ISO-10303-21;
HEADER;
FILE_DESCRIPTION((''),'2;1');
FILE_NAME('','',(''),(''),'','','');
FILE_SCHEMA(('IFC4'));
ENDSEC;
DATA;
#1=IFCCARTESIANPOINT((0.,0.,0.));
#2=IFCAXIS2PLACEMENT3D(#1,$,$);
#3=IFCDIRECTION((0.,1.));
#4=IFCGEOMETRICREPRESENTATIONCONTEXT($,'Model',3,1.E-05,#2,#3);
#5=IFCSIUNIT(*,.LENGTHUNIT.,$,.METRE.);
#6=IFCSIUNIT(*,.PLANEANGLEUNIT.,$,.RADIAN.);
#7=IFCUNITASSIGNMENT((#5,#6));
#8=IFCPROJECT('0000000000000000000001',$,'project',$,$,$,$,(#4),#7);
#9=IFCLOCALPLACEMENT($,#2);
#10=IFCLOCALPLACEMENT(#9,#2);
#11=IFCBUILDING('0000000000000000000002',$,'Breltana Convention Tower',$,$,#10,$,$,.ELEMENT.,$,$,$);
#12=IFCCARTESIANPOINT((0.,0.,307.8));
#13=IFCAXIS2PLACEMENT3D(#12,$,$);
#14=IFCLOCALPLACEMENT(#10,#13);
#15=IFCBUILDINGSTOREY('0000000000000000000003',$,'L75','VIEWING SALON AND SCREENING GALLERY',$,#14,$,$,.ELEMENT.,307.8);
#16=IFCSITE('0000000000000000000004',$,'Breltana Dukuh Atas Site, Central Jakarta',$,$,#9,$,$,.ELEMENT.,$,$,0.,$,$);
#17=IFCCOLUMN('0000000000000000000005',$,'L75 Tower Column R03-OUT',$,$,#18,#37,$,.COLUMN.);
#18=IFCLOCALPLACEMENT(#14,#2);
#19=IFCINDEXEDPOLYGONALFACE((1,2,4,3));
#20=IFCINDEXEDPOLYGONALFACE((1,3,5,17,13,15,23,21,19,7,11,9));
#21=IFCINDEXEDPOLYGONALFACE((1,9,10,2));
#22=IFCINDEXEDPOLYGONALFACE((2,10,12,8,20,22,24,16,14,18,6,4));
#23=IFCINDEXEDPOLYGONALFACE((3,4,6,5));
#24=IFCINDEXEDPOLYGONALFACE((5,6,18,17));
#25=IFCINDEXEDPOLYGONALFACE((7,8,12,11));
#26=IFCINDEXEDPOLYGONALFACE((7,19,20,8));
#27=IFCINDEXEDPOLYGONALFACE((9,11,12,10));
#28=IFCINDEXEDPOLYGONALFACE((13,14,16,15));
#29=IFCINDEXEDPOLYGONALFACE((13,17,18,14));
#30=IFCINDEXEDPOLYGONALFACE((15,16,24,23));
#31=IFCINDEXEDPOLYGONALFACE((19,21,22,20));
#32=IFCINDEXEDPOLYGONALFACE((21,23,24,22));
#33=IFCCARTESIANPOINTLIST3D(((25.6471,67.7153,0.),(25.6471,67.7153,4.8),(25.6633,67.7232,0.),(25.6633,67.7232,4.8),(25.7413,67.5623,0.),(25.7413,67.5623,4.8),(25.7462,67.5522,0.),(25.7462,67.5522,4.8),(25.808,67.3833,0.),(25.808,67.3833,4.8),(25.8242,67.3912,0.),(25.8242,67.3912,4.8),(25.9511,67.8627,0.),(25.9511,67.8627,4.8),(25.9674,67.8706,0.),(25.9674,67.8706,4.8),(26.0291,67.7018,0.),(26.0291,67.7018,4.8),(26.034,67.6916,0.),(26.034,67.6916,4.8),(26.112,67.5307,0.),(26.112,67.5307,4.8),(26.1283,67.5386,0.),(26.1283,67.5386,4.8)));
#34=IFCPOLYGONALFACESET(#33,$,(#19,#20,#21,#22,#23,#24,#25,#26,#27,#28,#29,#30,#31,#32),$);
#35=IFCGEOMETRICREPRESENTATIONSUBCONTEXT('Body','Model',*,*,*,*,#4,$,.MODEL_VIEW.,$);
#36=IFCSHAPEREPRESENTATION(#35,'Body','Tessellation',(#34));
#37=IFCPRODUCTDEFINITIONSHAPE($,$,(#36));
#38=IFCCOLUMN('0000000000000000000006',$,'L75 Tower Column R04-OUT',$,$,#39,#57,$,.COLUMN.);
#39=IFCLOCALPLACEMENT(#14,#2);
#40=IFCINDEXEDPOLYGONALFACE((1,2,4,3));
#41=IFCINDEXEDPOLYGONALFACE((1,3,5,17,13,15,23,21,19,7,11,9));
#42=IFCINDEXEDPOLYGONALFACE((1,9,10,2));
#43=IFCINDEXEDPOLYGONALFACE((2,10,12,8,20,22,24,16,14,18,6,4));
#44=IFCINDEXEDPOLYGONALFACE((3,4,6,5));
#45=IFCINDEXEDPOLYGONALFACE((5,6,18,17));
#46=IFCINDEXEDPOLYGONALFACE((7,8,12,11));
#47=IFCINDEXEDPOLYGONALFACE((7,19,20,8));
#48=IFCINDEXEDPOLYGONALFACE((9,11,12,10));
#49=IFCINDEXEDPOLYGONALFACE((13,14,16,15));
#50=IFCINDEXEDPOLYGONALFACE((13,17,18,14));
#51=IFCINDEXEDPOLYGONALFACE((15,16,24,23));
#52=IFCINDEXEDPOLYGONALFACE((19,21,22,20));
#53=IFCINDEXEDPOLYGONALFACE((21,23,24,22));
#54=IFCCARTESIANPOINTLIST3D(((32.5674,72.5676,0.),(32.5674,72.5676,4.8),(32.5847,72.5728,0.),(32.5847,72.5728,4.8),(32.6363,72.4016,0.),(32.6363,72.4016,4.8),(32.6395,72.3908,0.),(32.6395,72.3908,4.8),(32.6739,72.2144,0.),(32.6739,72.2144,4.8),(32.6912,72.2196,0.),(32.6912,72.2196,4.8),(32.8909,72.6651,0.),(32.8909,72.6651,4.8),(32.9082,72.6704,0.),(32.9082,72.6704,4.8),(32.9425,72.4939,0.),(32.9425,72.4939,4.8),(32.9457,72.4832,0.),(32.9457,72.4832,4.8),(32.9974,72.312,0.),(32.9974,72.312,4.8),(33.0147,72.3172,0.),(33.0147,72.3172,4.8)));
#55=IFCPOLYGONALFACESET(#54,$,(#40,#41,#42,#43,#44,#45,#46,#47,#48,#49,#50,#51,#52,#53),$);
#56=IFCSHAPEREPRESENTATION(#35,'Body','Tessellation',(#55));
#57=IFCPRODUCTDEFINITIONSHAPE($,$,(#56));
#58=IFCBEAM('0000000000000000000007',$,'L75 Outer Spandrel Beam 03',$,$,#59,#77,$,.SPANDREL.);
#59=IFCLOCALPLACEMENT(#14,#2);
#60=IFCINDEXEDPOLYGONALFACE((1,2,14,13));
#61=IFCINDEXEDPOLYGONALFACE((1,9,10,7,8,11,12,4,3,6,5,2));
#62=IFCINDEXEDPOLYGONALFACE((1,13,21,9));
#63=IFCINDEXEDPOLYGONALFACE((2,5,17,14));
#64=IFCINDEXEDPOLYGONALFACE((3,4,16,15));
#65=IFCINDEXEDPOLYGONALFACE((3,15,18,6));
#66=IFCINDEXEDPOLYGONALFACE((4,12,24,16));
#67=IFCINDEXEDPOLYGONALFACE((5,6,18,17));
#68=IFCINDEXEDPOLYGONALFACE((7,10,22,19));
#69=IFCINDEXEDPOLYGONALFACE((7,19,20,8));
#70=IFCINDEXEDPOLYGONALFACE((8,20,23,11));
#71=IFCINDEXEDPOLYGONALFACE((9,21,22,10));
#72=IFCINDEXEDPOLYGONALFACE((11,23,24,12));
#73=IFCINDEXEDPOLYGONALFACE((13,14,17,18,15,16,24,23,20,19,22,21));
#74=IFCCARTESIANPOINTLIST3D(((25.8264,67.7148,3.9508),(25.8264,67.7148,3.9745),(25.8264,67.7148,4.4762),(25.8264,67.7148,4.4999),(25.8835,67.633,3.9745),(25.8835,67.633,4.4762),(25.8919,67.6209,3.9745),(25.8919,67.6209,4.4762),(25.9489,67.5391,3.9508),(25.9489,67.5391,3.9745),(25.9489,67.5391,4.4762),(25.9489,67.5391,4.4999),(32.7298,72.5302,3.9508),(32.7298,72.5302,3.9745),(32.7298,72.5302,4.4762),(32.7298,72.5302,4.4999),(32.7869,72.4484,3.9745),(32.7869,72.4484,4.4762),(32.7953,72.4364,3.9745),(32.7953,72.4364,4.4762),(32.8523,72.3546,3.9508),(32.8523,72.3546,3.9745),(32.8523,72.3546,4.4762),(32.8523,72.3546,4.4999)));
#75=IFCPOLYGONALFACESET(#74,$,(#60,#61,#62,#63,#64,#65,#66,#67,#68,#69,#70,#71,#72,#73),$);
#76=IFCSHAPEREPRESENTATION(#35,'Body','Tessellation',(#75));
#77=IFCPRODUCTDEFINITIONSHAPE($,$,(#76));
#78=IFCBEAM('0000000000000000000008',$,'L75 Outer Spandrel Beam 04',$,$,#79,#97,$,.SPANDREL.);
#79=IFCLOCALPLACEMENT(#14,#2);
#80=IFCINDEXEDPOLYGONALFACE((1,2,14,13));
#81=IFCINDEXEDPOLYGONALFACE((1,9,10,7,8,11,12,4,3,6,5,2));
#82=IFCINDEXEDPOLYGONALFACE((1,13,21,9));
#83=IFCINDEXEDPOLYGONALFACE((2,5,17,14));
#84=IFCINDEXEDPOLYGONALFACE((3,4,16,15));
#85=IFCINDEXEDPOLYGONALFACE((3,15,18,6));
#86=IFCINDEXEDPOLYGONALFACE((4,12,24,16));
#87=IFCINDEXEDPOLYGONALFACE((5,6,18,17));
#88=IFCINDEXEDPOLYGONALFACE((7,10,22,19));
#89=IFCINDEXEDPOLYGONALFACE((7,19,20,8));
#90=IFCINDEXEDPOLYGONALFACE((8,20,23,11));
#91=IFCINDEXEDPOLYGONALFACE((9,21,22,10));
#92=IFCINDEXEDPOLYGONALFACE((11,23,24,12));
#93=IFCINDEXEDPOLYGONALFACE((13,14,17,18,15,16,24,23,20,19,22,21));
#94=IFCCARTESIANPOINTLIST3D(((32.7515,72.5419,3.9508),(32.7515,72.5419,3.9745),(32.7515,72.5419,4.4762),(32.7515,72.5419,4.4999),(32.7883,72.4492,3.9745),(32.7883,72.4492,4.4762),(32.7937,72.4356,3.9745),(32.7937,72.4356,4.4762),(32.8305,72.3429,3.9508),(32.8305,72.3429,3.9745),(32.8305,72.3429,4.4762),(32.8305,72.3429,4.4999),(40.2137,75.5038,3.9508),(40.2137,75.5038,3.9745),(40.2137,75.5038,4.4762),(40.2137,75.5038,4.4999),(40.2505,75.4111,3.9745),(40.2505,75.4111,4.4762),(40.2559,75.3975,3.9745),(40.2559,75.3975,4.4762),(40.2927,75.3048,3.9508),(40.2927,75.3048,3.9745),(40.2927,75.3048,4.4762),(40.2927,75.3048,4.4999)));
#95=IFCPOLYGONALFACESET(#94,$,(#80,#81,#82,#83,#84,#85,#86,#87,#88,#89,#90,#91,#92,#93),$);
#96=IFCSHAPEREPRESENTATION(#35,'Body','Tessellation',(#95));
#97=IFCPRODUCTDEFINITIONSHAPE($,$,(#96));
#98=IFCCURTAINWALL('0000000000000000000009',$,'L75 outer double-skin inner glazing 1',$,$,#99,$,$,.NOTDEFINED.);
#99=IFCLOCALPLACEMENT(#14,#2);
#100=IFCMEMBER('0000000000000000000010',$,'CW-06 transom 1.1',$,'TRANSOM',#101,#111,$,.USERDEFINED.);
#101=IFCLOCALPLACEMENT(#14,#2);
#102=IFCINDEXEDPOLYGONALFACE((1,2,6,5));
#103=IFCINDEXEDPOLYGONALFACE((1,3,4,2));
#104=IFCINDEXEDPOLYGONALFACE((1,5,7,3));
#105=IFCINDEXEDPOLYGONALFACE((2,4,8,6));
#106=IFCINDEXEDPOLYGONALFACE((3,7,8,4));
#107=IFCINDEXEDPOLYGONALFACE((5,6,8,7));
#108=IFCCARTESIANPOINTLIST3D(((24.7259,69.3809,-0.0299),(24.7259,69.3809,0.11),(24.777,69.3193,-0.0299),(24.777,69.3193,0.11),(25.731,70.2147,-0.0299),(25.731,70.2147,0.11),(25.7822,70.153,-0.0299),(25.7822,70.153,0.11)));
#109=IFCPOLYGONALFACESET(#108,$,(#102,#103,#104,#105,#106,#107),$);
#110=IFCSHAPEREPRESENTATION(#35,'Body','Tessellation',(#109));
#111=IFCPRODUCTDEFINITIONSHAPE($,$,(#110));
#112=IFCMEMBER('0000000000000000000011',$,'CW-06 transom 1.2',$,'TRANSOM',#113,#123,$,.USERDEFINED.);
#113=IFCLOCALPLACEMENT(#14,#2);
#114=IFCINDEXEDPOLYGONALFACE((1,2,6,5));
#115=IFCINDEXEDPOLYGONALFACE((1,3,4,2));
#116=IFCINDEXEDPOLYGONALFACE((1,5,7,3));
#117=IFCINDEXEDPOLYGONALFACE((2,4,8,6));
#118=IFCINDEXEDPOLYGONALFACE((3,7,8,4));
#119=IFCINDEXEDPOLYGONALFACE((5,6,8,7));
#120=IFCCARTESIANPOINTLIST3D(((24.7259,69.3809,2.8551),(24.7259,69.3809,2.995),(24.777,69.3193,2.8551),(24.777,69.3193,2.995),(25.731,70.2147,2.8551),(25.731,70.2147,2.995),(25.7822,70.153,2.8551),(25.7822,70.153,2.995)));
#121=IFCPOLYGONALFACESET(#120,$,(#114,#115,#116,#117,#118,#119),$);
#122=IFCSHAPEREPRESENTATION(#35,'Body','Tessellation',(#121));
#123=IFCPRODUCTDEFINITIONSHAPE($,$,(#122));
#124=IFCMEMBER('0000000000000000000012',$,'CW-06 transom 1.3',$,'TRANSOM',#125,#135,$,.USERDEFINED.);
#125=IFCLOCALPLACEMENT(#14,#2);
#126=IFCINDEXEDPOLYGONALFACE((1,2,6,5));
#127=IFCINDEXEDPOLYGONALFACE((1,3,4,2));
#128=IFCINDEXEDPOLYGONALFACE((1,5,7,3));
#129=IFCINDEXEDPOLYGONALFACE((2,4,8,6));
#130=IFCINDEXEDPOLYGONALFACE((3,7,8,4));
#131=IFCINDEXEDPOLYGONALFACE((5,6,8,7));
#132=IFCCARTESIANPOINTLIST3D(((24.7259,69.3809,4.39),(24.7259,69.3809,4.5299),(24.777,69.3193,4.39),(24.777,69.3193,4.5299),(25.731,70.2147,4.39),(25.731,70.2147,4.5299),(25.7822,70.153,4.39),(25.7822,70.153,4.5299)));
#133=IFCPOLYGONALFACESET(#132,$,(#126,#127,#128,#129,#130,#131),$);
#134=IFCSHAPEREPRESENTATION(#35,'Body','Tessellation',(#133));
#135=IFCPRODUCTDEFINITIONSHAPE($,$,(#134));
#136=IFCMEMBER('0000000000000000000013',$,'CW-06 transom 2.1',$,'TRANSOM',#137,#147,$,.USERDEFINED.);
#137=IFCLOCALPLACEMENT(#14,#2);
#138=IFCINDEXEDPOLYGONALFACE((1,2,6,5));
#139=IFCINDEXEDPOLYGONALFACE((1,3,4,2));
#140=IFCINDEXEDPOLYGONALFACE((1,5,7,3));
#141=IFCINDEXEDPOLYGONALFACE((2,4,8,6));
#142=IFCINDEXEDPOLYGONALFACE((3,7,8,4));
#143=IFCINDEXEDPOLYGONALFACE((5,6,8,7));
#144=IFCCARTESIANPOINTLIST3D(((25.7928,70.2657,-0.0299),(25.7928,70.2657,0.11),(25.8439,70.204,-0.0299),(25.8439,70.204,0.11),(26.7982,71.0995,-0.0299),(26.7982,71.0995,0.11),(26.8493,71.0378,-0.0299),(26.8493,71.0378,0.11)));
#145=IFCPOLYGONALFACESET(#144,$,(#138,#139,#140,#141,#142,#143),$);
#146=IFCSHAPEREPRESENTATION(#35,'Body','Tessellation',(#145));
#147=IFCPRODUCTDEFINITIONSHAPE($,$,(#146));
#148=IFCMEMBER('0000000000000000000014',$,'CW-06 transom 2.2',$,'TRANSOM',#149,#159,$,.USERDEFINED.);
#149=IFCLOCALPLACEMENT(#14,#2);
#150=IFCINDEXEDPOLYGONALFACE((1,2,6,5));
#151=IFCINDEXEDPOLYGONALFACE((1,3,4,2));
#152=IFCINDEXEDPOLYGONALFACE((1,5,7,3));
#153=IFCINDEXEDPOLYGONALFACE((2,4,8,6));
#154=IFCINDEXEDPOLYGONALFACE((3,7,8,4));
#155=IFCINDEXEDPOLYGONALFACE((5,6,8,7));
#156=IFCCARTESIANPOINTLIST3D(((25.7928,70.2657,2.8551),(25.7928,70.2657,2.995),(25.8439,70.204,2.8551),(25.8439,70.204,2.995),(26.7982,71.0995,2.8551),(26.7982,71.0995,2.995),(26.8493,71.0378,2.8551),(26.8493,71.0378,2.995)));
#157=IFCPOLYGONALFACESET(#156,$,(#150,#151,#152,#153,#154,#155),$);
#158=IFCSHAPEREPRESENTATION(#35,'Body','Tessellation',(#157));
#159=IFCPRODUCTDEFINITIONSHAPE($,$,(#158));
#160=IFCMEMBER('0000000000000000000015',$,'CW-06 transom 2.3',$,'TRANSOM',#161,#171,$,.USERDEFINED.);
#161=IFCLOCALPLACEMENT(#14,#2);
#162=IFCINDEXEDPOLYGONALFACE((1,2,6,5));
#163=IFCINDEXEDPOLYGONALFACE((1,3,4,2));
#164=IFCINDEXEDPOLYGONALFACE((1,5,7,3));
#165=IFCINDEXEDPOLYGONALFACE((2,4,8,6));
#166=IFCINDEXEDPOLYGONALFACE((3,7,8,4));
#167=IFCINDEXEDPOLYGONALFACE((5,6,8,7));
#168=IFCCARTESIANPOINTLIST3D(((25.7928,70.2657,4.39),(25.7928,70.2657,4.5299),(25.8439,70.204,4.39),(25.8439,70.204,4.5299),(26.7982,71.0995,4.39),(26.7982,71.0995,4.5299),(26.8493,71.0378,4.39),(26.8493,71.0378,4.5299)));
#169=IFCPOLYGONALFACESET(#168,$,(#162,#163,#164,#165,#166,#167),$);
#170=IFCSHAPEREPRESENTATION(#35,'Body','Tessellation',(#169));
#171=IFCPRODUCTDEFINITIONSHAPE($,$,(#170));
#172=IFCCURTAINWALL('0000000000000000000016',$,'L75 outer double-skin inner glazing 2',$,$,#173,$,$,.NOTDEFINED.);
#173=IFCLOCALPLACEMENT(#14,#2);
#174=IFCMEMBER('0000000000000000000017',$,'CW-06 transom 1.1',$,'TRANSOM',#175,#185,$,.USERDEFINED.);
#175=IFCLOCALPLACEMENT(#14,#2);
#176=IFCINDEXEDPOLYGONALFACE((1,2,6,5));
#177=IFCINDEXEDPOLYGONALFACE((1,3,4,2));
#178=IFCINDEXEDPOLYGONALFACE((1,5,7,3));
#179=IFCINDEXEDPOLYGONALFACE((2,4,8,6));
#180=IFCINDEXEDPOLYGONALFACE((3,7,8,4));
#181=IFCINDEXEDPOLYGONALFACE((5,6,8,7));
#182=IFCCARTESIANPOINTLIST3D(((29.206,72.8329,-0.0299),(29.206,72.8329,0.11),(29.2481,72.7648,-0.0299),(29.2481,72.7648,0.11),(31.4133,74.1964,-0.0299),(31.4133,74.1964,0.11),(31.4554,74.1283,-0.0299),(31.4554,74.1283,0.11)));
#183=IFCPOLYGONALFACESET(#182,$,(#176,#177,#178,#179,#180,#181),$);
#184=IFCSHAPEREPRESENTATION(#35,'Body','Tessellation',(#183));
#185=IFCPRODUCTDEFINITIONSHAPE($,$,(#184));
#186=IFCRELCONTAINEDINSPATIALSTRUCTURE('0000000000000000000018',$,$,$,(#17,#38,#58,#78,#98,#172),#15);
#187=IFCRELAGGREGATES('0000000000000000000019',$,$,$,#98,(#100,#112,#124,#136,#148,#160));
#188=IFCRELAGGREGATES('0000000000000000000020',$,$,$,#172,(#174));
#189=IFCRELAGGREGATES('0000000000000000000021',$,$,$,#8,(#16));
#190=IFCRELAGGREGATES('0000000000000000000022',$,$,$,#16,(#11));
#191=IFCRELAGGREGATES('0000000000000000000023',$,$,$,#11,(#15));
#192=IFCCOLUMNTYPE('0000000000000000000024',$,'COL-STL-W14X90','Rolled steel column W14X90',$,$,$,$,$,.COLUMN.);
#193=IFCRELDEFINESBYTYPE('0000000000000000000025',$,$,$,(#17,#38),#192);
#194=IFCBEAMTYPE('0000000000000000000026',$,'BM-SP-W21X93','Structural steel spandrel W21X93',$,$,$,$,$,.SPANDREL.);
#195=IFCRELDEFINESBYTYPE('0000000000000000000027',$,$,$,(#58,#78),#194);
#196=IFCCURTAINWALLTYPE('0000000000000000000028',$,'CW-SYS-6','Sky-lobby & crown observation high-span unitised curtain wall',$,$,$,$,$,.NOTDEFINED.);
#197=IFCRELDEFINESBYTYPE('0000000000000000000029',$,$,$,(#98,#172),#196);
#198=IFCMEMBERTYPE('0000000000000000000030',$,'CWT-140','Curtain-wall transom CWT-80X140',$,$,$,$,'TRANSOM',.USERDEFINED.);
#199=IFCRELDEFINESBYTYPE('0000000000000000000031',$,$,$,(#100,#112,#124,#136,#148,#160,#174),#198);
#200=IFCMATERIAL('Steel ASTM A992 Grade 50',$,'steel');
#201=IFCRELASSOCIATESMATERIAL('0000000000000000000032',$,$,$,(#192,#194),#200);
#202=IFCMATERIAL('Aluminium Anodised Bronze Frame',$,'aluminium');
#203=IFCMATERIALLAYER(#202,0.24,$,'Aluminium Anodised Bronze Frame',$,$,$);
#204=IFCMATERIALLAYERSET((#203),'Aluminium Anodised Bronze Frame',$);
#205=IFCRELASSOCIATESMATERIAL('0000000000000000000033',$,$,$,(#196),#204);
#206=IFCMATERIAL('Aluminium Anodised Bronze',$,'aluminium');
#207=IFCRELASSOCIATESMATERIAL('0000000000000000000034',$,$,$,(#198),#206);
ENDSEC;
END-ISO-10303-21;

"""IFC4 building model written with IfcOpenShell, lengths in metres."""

from ifc_helpers import new_model, si_unit, direction, frame, origin, origin_2d, place, context, subcontext, project, spatial, rectangle, i_section, extrude, source, transform, mapped, material, layer, layer_set, material_profile, profile_set, type_object, type_shapes, element, aggregate, save


model = new_model("IFC4")

# Units and contexts
model_context = context("Model", 3, precision=1e-05, world=origin(), true_north=direction((0.0, 1.0)))
body_context = subcontext(model_context, "Body", "Model", "MODEL_VIEW")
ifc_project = project(units=[si_unit("LENGTHUNIT", "METRE"), si_unit("PLANEANGLEUNIT", "RADIAN")], contexts=[model_context])

# Site, building, storey
site_placement = place(None, origin())
site = spatial("IfcSite", under=ifc_project, at=site_placement, Name="Breltana Dukuh Atas Site, Central Jakarta", CompositionType="ELEMENT", RefElevation=0.0)
building_placement = place(site_placement, origin())
building = spatial("IfcBuilding", under=site, at=building_placement, Name="Breltana Convention Tower", CompositionType="ELEMENT")
storey_placement = place(building_placement, frame((0.0, 0.0, 307.8)))
storey = spatial("IfcBuildingStorey", under=building, at=storey_placement, Name="L75", Description="VIEWING SALON AND SCREENING GALLERY", CompositionType="ELEMENT", Elevation=307.8)

# Columns
ifc_material_1 = material(Name="Steel ASTM A992 Grade 50", Category="steel")
ifc_material_profile_1 = material_profile(ifc_material_1, i_section(OverallWidth=0.3689, OverallDepth=0.356, WebThickness=0.0112, FlangeThickness=0.0181, at=origin_2d()), Name="W14X90")
ifc_profile_set_1 = profile_set([ifc_material_profile_1], Name="Steel ASTM A992 Grade 50")
column_type = type_object("IfcColumnType", Name="COL-STL-W14X90", Description="Rolled steel column W14X90", PredefinedType="COLUMN", material=ifc_profile_set_1)
shared_shape_1 = source(origin(), body_context, "Body", "SweptSolid", [
    extrude(i_section(OverallWidth=0.3689, OverallDepth=0.356, WebThickness=0.0112, FlangeThickness=0.0181, at=origin_2d()), origin(), (0.0, 0.0, 1.0), 4.8),
])
type_shapes(column_type, [shared_shape_1])
for number, where, z_axis, x_axis, name in (
    (1, (25.8877, 67.627, 0.0), (0.0, 0.0, 1.0), (-0.436174, 0.899863, 0.0), "L75 Tower Column R03-OUT"),
    (2, (32.791, 72.4424, 0.0), (0.0, 0.0, 1.0), (-0.288698, 0.95742, 0.0), "L75 Tower Column R04-OUT"),
):
    element("IfcColumn", number, at=place(storey_placement, frame(where, z_axis=z_axis, x_axis=x_axis)), inside=storey, type_object=column_type, Name=name, PredefinedType="COLUMN", context=body_context, shape_type="MappedRepresentation", body=[
        mapped(shared_shape_1, transform((0.0, 0.0, 0.0), scale=1.0)),
    ])

# Beams
ifc_material_profile_2 = material_profile(ifc_material_1, i_section(OverallWidth=0.2141, OverallDepth=0.5491, WebThickness=0.0146, FlangeThickness=0.0237, at=origin_2d()), Name="W21X93")
ifc_profile_set_2 = profile_set([ifc_material_profile_2], Name="Steel ASTM A992 Grade 50")
beam_type = type_object("IfcBeamType", Name="BM-SP-W21X93", Description="Structural steel spandrel W21X93", PredefinedType="SPANDREL", material=ifc_profile_set_2)
shared_shape_2 = source(origin(), body_context, "Body", "SweptSolid", [
    extrude(i_section(OverallWidth=0.2141, OverallDepth=0.5491, WebThickness=0.0146, FlangeThickness=0.0237, at=origin_2d()), origin(), (0.0, 0.0, 1.0), 8.417),
])
beam_1_placement = place(storey_placement, frame((25.8877, 67.627, 4.2253), z_axis=(0.820174, 0.572114, 0.0), x_axis=(-0.572114, 0.820174, 0.0)))
element("IfcBeam", 3, at=beam_1_placement, inside=storey, type_object=beam_type, Name="L75 Outer Spandrel Beam 03", PredefinedType="SPANDREL", context=body_context, shape_type="MappedRepresentation", body=[
    mapped(shared_shape_2, transform((0.0, 0.0, 0.0), scale=1.0)),
])
shared_shape_3 = source(origin(), body_context, "Body", "SweptSolid", [
    extrude(i_section(OverallWidth=0.2141, OverallDepth=0.5491, WebThickness=0.0146, FlangeThickness=0.0237, at=origin_2d()), origin(), (0.0, 0.0, 1.0), 8.0286),
])
beam_2_placement = place(storey_placement, frame((32.791, 72.4424, 4.2253), z_axis=(0.929459, 0.368925, 0.0), x_axis=(-0.368925, 0.929459, 0.0)))
element("IfcBeam", 4, at=beam_2_placement, inside=storey, type_object=beam_type, Name="L75 Outer Spandrel Beam 04", PredefinedType="SPANDREL", context=body_context, shape_type="MappedRepresentation", body=[
    mapped(shared_shape_3, transform((0.0, 0.0, 0.0), scale=1.0)),
])

# Curtain walls, members
ifc_material_2 = material(Name="Aluminium Anodised Bronze Frame", Category="aluminium")
ifc_layer_1 = layer(ifc_material_2, 0.24, Name="Aluminium Anodised Bronze Frame")
ifc_layer_set_1 = layer_set([ifc_layer_1], Name="Aluminium Anodised Bronze Frame")
curtain_wall_type = type_object("IfcCurtainWallType", Name="CW-SYS-6", Description="Sky-lobby & crown observation high-span unitised curtain wall", PredefinedType="NOTDEFINED", material=ifc_layer_set_1)
curtain_wall_1_placement = place(storey_placement, origin())
curtain_wall_1 = element("IfcCurtainWall", 5, at=curtain_wall_1_placement, inside=storey, type_object=curtain_wall_type, Name="L75 outer double-skin inner glazing 1", PredefinedType="NOTDEFINED")
ifc_material_3 = material(Name="Aluminium Anodised Bronze", Category="aluminium")
ifc_material_profile_3 = material_profile(ifc_material_3, rectangle(XDim=0.0801, YDim=0.1399, at=origin_2d()), Name="CWT-80X140")
ifc_profile_set_3 = profile_set([ifc_material_profile_3], Name="Aluminium Anodised Bronze")
member_type_1 = type_object("IfcMemberType", Name="CWT-140", Description="Curtain-wall transom CWT-80X140", ElementType="TRANSOM", PredefinedType="USERDEFINED", material=ifc_profile_set_3)
shared_shape_4 = source(origin(), body_context, "Body", "SweptSolid", [
    extrude(rectangle(XDim=0.0801, YDim=0.1399, at=origin_2d()), origin(), (0.0, 0.0, 1.0), 1.3059),
])
member_1_placement = place(storey_placement, frame((24.7515, 69.3501, 0.04), z_axis=(0.769675, 0.638436, 0.0), x_axis=(-0.638436, 0.769675, 0.0)))
member_1 = element("IfcMember", 6, at=member_1_placement, type_object=member_type_1, Name="CW-06 transom 1.1", ObjectType="TRANSOM", PredefinedType="USERDEFINED", context=body_context, shape_type="MappedRepresentation", body=[
    mapped(shared_shape_4, transform((0.0, 0.0, 0.0), scale=1.0)),
])
member_2_placement = place(storey_placement, frame((24.7515, 69.3501, 2.925), z_axis=(0.769675, 0.638436, 0.0), x_axis=(-0.638436, 0.769675, 0.0)))
member_2 = element("IfcMember", 7, at=member_2_placement, type_object=member_type_1, Name="CW-06 transom 1.2", ObjectType="TRANSOM", PredefinedType="USERDEFINED", context=body_context, shape_type="MappedRepresentation", body=[
    mapped(shared_shape_4, transform((0.0, 0.0, 0.0), scale=1.0)),
])
member_3_placement = place(storey_placement, frame((24.7515, 69.3501, 4.46), z_axis=(0.769675, 0.638436, 0.0), x_axis=(-0.638436, 0.769675, 0.0)))
member_3 = element("IfcMember", 8, at=member_3_placement, type_object=member_type_1, Name="CW-06 transom 1.3", ObjectType="TRANSOM", PredefinedType="USERDEFINED", context=body_context, shape_type="MappedRepresentation", body=[
    mapped(shared_shape_4, transform((0.0, 0.0, 0.0), scale=1.0)),
])
shared_shape_5 = source(origin(), body_context, "Body", "SweptSolid", [
    extrude(rectangle(XDim=0.0801, YDim=0.1399, at=origin_2d()), origin(), (0.0, 0.0, 1.0), 1.3062),
])
member_4_placement = place(storey_placement, frame((25.8184, 70.2349, 0.04), z_axis=(0.769751, 0.638344, 0.0), x_axis=(-0.638344, 0.769751, 0.0)))
member_4 = element("IfcMember", 9, at=member_4_placement, type_object=member_type_1, Name="CW-06 transom 2.1", ObjectType="TRANSOM", PredefinedType="USERDEFINED", context=body_context, shape_type="MappedRepresentation", body=[
    mapped(shared_shape_5, transform((0.0, 0.0, 0.0), scale=1.0)),
])
member_5_placement = place(storey_placement, frame((25.8184, 70.2349, 2.925), z_axis=(0.769751, 0.638344, 0.0), x_axis=(-0.638344, 0.769751, 0.0)))
member_5 = element("IfcMember", 10, at=member_5_placement, type_object=member_type_1, Name="CW-06 transom 2.2", ObjectType="TRANSOM", PredefinedType="USERDEFINED", context=body_context, shape_type="MappedRepresentation", body=[
    mapped(shared_shape_5, transform((0.0, 0.0, 0.0), scale=1.0)),
])
member_6_placement = place(storey_placement, frame((25.8184, 70.2349, 4.46), z_axis=(0.769751, 0.638344, 0.0), x_axis=(-0.638344, 0.769751, 0.0)))
member_6 = element("IfcMember", 11, at=member_6_placement, type_object=member_type_1, Name="CW-06 transom 2.3", ObjectType="TRANSOM", PredefinedType="USERDEFINED", context=body_context, shape_type="MappedRepresentation", body=[
    mapped(shared_shape_5, transform((0.0, 0.0, 0.0), scale=1.0)),
])
curtain_wall_2_placement = place(storey_placement, origin())
curtain_wall_2 = element("IfcCurtainWall", 12, at=curtain_wall_2_placement, inside=storey, type_object=curtain_wall_type, Name="L75 outer double-skin inner glazing 2", PredefinedType="NOTDEFINED")
shared_shape_6 = source(origin(), body_context, "Body", "SweptSolid", [
    extrude(rectangle(XDim=0.0801, YDim=0.1399, at=origin_2d()), origin(), (0.0, 0.0, 1.0), 2.5945),
])
member_7_placement = place(storey_placement, frame((29.2271, 72.7988, 0.04), z_axis=(0.850762, 0.525551, 0.0), x_axis=(-0.525551, 0.850762, 0.0)))
member_7 = element("IfcMember", 13, at=member_7_placement, type_object=member_type_1, Name="CW-06 transom 1.1", ObjectType="TRANSOM", PredefinedType="USERDEFINED", context=body_context, shape_type="MappedRepresentation", body=[
    mapped(shared_shape_6, transform((0.0, 0.0, 0.0), scale=1.0)),
])

aggregate(curtain_wall_1, [member_1, member_2, member_3, member_4, member_5, member_6])
aggregate(curtain_wall_2, [member_7])

save(model, "model.ifc")
